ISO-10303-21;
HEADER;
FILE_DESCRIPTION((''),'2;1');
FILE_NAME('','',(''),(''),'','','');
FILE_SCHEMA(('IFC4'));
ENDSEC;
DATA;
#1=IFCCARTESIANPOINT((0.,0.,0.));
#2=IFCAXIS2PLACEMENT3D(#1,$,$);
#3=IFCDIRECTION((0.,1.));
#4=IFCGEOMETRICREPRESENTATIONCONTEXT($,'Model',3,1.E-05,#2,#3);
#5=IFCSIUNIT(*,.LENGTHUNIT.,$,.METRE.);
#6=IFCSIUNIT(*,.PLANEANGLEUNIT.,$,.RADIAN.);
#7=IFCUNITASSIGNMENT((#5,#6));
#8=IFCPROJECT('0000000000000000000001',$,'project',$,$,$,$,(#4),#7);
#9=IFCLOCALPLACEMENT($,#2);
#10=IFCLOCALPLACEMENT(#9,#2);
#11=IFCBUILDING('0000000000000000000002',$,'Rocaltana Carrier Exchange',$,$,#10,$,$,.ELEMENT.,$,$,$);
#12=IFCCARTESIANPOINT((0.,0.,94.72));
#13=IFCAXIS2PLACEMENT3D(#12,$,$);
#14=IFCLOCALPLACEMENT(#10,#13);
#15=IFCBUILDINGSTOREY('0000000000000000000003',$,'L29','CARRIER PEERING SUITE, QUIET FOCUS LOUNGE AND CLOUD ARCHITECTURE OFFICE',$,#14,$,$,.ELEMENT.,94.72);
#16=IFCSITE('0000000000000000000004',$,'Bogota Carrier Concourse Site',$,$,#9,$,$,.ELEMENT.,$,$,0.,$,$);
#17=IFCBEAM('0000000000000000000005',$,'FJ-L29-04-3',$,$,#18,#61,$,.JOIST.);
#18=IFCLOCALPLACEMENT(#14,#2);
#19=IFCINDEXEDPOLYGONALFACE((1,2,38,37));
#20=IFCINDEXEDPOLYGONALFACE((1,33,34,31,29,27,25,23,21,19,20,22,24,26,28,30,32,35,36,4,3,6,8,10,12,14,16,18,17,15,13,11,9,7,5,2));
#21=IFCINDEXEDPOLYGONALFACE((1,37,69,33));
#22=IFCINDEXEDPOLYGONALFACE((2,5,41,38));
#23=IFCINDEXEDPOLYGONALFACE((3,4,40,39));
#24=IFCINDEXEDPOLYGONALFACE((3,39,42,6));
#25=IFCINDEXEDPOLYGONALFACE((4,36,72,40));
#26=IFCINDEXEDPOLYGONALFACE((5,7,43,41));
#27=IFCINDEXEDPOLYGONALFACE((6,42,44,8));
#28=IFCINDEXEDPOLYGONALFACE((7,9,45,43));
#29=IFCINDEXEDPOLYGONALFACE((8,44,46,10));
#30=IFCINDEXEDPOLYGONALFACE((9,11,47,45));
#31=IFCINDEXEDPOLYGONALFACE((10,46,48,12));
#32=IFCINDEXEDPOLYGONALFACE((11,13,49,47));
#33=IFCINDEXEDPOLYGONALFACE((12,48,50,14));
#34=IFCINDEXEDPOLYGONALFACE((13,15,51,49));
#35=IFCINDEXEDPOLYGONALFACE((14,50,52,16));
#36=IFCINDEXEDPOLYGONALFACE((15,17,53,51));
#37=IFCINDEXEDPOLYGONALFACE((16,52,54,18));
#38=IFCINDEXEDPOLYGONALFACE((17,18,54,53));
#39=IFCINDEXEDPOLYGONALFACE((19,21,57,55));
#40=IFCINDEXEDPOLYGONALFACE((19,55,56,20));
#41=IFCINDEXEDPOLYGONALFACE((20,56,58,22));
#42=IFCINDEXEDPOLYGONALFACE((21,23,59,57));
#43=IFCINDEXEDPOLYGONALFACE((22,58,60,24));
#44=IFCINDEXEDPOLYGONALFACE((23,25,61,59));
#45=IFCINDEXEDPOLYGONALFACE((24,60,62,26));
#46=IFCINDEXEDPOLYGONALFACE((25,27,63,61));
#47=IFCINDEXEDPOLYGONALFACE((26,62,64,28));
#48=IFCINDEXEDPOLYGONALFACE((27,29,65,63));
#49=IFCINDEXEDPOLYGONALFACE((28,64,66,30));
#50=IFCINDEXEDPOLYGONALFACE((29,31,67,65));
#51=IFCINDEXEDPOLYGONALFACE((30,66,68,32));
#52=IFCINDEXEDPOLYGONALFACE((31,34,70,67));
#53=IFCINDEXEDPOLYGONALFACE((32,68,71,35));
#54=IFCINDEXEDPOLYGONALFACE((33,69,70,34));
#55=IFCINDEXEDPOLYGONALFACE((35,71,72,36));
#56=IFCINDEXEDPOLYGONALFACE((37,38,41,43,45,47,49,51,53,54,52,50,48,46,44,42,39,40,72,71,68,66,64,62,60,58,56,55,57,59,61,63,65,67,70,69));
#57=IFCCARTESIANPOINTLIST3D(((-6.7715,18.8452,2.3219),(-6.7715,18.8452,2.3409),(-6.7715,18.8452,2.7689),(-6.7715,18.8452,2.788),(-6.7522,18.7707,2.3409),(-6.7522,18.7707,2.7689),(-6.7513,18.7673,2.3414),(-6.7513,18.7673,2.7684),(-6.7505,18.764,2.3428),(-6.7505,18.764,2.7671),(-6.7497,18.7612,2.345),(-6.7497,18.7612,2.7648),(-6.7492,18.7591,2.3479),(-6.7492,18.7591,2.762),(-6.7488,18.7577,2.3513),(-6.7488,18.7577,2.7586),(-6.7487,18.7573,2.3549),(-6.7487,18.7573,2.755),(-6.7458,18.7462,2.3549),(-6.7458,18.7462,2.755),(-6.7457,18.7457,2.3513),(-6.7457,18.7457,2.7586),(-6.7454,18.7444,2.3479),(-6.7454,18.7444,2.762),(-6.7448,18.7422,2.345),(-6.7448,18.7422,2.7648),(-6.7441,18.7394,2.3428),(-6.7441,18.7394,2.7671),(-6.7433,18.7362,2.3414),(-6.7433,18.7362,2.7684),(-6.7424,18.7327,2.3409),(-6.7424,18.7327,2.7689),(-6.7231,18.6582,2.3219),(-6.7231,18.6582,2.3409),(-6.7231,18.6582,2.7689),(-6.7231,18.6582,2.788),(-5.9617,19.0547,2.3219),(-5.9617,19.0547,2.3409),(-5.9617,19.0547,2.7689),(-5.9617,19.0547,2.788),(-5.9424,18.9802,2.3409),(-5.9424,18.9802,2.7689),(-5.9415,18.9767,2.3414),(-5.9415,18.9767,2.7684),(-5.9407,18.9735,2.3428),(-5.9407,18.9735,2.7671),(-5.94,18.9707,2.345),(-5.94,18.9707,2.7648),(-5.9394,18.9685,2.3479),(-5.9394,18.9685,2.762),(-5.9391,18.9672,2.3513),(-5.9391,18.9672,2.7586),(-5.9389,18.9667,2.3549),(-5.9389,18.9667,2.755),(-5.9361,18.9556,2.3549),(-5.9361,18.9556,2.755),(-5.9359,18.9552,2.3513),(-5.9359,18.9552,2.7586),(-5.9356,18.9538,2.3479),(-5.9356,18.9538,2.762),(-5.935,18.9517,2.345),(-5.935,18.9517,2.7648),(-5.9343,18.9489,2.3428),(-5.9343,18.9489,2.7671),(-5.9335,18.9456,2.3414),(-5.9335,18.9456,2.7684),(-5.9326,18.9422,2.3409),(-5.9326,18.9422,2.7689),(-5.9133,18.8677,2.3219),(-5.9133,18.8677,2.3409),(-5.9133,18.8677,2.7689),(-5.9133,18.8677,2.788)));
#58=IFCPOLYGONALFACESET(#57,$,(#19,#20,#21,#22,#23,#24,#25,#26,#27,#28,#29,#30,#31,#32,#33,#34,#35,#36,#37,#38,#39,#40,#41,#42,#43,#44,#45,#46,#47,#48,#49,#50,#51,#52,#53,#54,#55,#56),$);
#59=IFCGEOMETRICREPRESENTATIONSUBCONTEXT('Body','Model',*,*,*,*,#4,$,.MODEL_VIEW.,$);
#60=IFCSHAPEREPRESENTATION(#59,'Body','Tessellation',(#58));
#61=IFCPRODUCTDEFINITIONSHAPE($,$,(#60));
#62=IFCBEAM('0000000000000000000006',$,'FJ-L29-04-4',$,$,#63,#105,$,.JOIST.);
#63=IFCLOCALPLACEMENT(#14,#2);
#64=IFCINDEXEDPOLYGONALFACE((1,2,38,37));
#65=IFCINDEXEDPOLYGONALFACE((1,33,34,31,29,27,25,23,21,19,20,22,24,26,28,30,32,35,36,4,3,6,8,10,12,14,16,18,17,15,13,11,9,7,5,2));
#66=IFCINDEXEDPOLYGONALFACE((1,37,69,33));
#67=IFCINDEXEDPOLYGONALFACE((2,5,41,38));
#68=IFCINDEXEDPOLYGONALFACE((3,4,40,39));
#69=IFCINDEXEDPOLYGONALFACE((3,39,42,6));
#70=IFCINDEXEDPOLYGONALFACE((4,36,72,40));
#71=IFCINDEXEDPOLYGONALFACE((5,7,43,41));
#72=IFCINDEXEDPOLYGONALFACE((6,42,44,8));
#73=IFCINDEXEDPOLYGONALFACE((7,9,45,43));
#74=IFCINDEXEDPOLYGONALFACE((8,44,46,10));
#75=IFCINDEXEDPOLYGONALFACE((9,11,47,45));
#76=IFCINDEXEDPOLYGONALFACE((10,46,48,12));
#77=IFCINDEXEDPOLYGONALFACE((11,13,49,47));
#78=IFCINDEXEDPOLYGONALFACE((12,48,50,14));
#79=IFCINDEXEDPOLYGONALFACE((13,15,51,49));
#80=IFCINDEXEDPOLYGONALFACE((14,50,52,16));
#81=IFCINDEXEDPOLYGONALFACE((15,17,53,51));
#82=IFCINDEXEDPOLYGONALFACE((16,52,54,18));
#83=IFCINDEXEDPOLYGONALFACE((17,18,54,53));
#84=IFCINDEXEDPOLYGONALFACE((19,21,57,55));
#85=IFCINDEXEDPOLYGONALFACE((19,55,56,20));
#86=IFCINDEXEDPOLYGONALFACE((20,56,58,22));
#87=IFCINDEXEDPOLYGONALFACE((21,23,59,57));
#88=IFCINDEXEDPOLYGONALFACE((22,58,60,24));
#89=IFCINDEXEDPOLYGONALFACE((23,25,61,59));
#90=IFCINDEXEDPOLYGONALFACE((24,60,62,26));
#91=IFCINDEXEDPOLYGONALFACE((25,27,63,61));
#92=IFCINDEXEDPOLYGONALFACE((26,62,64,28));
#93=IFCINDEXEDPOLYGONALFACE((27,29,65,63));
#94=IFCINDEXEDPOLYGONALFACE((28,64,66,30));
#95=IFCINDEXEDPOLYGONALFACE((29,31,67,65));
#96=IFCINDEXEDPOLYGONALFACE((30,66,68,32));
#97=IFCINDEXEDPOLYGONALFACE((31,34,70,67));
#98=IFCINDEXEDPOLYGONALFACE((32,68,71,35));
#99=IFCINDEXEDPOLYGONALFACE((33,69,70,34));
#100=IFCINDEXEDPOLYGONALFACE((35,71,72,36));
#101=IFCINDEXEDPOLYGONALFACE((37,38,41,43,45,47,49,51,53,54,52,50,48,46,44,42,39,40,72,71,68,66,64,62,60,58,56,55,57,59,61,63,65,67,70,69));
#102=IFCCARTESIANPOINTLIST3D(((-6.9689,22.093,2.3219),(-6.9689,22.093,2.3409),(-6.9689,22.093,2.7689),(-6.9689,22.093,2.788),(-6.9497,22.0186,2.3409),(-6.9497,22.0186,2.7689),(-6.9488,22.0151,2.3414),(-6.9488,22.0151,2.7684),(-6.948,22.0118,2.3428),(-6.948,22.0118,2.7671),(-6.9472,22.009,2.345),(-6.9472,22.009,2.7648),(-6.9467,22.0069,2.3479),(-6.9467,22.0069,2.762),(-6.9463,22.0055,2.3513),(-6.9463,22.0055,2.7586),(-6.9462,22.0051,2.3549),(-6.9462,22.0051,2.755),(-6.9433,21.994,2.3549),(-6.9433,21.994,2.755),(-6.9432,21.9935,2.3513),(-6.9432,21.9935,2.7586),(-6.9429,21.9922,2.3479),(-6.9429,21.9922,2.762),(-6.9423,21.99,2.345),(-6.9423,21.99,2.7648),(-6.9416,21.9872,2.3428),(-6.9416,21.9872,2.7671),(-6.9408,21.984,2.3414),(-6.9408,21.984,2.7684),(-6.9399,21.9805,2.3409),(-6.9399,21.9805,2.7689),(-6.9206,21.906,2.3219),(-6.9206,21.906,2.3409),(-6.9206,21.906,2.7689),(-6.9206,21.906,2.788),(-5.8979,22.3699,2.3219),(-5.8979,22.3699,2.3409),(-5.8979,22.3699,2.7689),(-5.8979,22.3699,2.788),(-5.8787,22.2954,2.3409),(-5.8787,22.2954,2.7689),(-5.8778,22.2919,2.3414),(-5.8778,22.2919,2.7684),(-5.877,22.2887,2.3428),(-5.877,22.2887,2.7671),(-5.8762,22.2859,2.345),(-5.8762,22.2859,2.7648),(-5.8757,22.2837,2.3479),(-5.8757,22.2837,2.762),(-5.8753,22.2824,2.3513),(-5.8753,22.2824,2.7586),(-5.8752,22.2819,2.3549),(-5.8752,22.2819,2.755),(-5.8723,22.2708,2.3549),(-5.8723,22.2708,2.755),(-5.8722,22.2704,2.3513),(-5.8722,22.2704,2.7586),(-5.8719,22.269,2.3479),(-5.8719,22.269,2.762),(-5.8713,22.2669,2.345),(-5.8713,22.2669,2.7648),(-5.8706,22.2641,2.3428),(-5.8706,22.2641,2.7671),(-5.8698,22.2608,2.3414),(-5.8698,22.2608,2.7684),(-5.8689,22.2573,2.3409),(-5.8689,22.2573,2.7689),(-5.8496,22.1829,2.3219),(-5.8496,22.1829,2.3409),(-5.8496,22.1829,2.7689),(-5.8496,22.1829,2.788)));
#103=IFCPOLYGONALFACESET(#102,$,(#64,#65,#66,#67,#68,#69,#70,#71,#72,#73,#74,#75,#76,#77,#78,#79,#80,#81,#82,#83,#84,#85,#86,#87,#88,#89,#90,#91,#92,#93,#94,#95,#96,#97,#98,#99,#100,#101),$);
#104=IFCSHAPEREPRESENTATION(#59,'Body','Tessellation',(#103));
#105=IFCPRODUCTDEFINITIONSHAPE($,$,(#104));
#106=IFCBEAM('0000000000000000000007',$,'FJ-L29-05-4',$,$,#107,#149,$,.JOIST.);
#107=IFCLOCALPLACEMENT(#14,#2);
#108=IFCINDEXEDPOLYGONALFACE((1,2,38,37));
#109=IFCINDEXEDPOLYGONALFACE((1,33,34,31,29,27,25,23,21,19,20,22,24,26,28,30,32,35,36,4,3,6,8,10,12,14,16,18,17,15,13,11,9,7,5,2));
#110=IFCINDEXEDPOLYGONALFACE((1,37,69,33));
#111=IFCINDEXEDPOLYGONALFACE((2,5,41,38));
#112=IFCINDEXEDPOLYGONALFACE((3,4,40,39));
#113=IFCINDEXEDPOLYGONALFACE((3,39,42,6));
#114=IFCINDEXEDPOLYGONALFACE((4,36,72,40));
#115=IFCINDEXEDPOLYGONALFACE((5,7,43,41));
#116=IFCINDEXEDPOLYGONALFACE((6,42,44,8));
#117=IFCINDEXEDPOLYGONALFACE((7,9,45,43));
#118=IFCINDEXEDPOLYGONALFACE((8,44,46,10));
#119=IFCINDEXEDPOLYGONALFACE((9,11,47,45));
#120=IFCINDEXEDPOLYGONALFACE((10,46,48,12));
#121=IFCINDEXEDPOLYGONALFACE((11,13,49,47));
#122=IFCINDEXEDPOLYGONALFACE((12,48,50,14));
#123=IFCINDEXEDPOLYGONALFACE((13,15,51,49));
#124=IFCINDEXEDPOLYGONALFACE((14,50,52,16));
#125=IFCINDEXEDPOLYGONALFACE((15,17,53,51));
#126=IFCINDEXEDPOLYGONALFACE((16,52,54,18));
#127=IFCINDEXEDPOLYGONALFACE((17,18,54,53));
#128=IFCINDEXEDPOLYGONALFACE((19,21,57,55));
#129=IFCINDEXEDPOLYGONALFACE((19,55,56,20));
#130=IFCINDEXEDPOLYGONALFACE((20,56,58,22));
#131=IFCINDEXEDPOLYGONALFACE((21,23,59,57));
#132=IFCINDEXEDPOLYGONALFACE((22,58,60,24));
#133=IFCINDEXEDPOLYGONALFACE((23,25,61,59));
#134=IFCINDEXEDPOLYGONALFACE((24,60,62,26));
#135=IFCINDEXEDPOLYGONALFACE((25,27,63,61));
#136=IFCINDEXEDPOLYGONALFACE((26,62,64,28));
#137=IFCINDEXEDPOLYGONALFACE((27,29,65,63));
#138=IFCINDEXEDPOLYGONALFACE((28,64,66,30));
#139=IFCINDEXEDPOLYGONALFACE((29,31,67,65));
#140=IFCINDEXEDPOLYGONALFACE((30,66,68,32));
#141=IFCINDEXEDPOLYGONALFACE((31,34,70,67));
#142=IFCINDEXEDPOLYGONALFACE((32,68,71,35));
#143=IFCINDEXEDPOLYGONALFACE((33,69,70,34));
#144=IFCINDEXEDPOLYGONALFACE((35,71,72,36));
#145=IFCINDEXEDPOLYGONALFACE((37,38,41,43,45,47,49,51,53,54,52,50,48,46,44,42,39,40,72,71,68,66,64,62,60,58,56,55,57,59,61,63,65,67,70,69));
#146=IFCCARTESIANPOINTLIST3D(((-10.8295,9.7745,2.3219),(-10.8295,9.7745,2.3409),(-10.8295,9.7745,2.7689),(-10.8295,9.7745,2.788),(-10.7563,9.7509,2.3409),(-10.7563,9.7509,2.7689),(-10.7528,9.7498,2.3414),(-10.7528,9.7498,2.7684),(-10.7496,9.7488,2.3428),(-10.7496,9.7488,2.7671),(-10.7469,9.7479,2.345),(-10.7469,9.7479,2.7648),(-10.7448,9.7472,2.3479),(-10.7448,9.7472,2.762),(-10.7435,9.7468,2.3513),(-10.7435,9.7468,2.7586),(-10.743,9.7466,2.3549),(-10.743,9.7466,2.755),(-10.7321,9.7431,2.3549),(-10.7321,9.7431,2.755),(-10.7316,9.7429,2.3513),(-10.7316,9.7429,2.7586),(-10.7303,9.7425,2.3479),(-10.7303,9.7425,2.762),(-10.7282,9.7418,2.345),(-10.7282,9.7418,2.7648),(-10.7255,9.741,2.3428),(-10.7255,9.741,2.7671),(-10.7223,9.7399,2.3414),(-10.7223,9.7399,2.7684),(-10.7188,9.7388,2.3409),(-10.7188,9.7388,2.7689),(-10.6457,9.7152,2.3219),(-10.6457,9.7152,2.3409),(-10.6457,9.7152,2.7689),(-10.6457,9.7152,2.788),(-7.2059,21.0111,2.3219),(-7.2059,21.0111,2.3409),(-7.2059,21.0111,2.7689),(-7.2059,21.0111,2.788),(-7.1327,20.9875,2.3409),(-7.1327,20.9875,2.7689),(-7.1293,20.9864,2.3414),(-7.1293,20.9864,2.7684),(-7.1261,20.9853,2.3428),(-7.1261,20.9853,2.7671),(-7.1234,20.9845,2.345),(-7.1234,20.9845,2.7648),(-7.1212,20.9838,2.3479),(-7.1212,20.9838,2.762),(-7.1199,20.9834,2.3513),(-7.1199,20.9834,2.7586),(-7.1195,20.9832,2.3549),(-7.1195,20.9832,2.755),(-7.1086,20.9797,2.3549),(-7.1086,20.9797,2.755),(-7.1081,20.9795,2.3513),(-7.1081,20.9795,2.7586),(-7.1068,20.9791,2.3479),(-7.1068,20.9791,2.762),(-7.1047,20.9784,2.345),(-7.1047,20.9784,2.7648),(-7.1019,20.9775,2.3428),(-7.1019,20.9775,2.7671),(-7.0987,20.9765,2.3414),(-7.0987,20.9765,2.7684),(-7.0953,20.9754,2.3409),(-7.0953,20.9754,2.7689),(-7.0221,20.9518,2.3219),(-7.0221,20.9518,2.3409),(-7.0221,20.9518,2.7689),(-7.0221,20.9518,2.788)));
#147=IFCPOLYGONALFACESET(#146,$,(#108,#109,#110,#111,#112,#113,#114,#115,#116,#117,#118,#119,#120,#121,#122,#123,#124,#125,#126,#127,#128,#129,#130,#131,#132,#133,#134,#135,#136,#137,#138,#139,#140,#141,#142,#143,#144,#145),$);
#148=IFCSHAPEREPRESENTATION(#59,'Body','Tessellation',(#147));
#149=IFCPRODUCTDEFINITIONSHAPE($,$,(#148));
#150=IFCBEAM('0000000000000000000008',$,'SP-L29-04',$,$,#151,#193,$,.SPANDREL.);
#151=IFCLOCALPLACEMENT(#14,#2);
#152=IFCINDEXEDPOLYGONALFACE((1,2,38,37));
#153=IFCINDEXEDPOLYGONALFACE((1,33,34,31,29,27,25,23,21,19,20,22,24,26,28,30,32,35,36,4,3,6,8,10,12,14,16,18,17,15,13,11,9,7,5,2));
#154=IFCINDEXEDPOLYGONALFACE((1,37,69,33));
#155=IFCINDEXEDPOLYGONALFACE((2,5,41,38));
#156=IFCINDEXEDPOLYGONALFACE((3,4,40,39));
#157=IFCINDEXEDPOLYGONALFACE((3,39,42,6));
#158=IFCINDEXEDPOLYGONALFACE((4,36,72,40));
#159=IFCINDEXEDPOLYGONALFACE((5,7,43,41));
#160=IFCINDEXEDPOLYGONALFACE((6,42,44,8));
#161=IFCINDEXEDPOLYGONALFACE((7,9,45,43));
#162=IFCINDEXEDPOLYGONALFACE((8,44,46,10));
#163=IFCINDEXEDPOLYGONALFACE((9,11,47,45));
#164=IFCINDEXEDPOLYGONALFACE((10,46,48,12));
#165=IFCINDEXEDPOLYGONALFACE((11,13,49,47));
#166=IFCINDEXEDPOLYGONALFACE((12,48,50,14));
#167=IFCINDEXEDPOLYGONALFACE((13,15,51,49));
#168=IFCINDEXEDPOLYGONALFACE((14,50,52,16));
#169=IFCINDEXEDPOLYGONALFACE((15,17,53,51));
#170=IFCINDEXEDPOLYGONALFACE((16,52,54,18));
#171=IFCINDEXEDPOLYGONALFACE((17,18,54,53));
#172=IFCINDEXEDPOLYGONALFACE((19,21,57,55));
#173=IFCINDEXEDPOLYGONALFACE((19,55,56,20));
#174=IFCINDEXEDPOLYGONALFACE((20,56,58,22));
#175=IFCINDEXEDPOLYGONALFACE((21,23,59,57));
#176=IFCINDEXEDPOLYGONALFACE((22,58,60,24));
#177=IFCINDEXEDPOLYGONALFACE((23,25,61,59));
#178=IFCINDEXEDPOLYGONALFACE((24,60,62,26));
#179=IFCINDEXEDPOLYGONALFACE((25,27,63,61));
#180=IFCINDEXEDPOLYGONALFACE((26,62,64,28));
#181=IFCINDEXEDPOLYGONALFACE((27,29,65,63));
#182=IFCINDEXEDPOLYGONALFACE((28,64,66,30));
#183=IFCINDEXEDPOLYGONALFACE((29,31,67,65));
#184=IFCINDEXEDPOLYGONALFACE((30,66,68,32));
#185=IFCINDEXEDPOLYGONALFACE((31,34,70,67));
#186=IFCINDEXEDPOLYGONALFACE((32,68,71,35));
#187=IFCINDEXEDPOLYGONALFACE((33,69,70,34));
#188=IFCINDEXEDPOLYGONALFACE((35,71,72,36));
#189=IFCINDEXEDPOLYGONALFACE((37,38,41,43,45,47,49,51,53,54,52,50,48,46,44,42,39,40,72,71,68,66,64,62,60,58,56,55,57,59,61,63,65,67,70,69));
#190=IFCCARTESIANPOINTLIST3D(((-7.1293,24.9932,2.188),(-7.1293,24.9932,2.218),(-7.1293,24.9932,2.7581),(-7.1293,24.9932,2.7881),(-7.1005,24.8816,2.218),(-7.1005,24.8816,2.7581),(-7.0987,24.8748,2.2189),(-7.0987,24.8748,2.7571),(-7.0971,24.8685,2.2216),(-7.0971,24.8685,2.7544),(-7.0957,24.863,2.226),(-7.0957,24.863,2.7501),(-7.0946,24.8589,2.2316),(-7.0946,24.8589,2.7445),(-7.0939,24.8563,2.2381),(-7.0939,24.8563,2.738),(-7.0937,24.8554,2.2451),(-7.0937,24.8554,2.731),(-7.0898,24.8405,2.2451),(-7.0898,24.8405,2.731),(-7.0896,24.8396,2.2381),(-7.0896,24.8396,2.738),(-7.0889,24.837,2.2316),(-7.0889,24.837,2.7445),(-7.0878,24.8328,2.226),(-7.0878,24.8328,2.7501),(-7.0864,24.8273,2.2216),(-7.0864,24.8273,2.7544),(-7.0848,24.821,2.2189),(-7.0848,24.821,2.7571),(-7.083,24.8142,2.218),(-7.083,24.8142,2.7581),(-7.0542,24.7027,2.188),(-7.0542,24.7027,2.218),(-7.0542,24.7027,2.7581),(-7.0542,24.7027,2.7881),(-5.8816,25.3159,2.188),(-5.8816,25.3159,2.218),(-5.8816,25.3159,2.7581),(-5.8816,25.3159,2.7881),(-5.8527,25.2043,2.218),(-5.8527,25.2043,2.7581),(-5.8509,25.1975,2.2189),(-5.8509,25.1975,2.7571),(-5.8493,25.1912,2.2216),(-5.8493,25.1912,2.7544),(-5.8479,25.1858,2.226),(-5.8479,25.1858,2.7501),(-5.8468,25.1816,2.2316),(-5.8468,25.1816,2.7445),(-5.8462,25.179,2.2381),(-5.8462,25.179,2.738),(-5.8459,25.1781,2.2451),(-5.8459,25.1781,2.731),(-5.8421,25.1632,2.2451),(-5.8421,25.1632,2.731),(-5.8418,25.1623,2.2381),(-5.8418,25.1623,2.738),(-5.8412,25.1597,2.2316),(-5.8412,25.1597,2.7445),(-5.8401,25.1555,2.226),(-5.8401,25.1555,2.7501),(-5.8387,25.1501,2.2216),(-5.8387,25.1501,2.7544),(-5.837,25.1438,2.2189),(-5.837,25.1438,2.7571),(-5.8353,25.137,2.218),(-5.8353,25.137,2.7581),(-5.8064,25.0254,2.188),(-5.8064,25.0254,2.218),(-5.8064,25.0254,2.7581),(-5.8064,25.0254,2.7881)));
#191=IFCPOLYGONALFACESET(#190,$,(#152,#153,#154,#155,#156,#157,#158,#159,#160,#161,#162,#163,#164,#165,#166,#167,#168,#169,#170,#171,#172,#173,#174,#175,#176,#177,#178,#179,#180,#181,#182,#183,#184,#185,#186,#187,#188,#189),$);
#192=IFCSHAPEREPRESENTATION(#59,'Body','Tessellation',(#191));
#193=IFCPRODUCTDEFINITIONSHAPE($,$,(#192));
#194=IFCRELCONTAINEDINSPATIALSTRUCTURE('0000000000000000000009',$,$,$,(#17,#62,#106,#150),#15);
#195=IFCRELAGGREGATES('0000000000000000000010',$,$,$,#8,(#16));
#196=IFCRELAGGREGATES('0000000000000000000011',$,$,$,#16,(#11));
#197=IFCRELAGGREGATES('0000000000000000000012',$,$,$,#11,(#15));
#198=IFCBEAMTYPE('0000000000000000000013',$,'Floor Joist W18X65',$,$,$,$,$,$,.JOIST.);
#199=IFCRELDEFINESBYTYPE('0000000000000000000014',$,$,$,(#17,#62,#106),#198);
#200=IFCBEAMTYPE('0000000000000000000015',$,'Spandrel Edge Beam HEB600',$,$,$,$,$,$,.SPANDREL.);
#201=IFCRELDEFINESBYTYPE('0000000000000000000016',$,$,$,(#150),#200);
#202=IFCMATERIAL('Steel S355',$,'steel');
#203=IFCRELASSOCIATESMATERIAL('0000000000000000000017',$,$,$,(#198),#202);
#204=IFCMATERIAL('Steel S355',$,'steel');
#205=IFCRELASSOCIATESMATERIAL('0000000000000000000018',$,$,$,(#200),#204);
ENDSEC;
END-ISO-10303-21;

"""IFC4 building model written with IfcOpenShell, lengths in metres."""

from ifc_helpers import new_model, si_unit, direction, frame, origin, origin_2d, place, context, subcontext, project, spatial, i_section, extrude, material, material_profile, profile_set, type_object, element, save


model = new_model("IFC4")

# Units and contexts
model_context = context("Model", 3, precision=1e-05, world=origin(), true_north=direction((0.0, 1.0)))
body_context = subcontext(model_context, "Body", "Model", "MODEL_VIEW")
ifc_project = project(units=[si_unit("LENGTHUNIT", "METRE"), si_unit("PLANEANGLEUNIT", "RADIAN")], contexts=[model_context])

# Site, building, storey
site_placement = place(None, origin())
site = spatial("IfcSite", under=ifc_project, at=site_placement, Name="Bogota Carrier Concourse Site", CompositionType="ELEMENT", RefElevation=0.0)
building_placement = place(site_placement, origin())
building = spatial("IfcBuilding", under=site, at=building_placement, Name="Rocaltana Carrier Exchange", CompositionType="ELEMENT")
storey_placement = place(building_placement, frame((0.0, 0.0, 94.72)))
storey = spatial("IfcBuildingStorey", under=building, at=storey_placement, Name="L29", Description="CARRIER PEERING SUITE, QUIET FOCUS LOUNGE AND CLOUD ARCHITECTURE OFFICE", CompositionType="ELEMENT", Elevation=94.72)

# Beams
ifc_material_1 = material(Name="Steel S355", Category="steel")
ifc_material_profile_1 = material_profile(ifc_material_1, i_section(OverallWidth=0.1931, OverallDepth=0.4661, WebThickness=0.0115, FlangeThickness=0.019, FilletRadius=0.0139, at=origin_2d()), Name="W18X65")
ifc_profile_set_1 = profile_set([ifc_material_profile_1], Name="Steel S355")
beam_type_1 = type_object("IfcBeamType", Name="Floor Joist W18X65", PredefinedType="JOIST", material=ifc_profile_set_1)
beam_1_placement = place(storey_placement, frame((-5.9375, 18.9612, 2.5549), z_axis=(-0.968136, -0.250425, 0.0), x_axis=(0.250425, -0.968136, 0.0)))
element("IfcBeam", 1, at=beam_1_placement, inside=storey, type_object=beam_type_1, Name="FJ-L29-04-3", PredefinedType="JOIST", context=body_context, shape_type="SweptSolid", body=[
    extrude(i_section(OverallWidth=0.1931, OverallDepth=0.4661, WebThickness=0.0115, FlangeThickness=0.019, FilletRadius=0.0139, at=origin_2d()), origin(), (0.0, 0.0, 1.0), 0.8364),
])
beam_2_placement = place(storey_placement, frame((-5.8738, 22.2764, 2.5549), z_axis=(-0.968177, -0.250265, 0.0), x_axis=(0.250265, -0.968177, 0.0)))
element("IfcBeam", 2, at=beam_2_placement, inside=storey, type_object=beam_type_1, Name="FJ-L29-04-4", PredefinedType="JOIST", context=body_context, shape_type="SweptSolid", body=[
    extrude(i_section(OverallWidth=0.1931, OverallDepth=0.4661, WebThickness=0.0115, FlangeThickness=0.019, FilletRadius=0.0139, at=origin_2d()), origin(), (0.0, 0.0, 1.0), 1.1062),
])
beam_3_placement = place(storey_placement, frame((-7.114, 20.9814, 2.5549), z_axis=(-0.306913, -0.951737, 0.0), x_axis=(0.951737, -0.306913, 0.0)))
element("IfcBeam", 3, at=beam_3_placement, inside=storey, type_object=beam_type_1, Name="FJ-L29-05-4", PredefinedType="JOIST", context=body_context, shape_type="SweptSolid", body=[
    extrude(i_section(OverallWidth=0.1931, OverallDepth=0.4661, WebThickness=0.0115, FlangeThickness=0.019, FilletRadius=0.0139, at=origin_2d()), origin(), (0.0, 0.0, 1.0), 11.8064),
])
ifc_material_2 = material(Name="Steel S355", Category="steel")
ifc_material_profile_2 = material_profile(ifc_material_2, i_section(OverallWidth=0.3, OverallDepth=0.6001, WebThickness=0.0154, FlangeThickness=0.03, FilletRadius=0.0271, at=origin_2d()), Name="HEB600")
ifc_profile_set_2 = profile_set([ifc_material_profile_2], Name="Steel S355")
beam_type_2 = type_object("IfcBeamType", Name="Spandrel Edge Beam HEB600", PredefinedType="SPANDREL", material=ifc_profile_set_2)
beam_4_placement = place(storey_placement, frame((-5.844, 25.1707, 2.488), z_axis=(-0.968138, -0.250416, 0.0), x_axis=(0.250416, -0.968138, 0.0)))
element("IfcBeam", 4, at=beam_4_placement, inside=storey, type_object=beam_type_2, Name="SP-L29-04", PredefinedType="SPANDREL", context=body_context, shape_type="SweptSolid", body=[
    extrude(i_section(OverallWidth=0.3, OverallDepth=0.6001, WebThickness=0.0154, FlangeThickness=0.03, FilletRadius=0.0271, at=origin_2d()), origin(), (0.0, 0.0, 1.0), 1.2888),
])

save(model, "model.ifc")
